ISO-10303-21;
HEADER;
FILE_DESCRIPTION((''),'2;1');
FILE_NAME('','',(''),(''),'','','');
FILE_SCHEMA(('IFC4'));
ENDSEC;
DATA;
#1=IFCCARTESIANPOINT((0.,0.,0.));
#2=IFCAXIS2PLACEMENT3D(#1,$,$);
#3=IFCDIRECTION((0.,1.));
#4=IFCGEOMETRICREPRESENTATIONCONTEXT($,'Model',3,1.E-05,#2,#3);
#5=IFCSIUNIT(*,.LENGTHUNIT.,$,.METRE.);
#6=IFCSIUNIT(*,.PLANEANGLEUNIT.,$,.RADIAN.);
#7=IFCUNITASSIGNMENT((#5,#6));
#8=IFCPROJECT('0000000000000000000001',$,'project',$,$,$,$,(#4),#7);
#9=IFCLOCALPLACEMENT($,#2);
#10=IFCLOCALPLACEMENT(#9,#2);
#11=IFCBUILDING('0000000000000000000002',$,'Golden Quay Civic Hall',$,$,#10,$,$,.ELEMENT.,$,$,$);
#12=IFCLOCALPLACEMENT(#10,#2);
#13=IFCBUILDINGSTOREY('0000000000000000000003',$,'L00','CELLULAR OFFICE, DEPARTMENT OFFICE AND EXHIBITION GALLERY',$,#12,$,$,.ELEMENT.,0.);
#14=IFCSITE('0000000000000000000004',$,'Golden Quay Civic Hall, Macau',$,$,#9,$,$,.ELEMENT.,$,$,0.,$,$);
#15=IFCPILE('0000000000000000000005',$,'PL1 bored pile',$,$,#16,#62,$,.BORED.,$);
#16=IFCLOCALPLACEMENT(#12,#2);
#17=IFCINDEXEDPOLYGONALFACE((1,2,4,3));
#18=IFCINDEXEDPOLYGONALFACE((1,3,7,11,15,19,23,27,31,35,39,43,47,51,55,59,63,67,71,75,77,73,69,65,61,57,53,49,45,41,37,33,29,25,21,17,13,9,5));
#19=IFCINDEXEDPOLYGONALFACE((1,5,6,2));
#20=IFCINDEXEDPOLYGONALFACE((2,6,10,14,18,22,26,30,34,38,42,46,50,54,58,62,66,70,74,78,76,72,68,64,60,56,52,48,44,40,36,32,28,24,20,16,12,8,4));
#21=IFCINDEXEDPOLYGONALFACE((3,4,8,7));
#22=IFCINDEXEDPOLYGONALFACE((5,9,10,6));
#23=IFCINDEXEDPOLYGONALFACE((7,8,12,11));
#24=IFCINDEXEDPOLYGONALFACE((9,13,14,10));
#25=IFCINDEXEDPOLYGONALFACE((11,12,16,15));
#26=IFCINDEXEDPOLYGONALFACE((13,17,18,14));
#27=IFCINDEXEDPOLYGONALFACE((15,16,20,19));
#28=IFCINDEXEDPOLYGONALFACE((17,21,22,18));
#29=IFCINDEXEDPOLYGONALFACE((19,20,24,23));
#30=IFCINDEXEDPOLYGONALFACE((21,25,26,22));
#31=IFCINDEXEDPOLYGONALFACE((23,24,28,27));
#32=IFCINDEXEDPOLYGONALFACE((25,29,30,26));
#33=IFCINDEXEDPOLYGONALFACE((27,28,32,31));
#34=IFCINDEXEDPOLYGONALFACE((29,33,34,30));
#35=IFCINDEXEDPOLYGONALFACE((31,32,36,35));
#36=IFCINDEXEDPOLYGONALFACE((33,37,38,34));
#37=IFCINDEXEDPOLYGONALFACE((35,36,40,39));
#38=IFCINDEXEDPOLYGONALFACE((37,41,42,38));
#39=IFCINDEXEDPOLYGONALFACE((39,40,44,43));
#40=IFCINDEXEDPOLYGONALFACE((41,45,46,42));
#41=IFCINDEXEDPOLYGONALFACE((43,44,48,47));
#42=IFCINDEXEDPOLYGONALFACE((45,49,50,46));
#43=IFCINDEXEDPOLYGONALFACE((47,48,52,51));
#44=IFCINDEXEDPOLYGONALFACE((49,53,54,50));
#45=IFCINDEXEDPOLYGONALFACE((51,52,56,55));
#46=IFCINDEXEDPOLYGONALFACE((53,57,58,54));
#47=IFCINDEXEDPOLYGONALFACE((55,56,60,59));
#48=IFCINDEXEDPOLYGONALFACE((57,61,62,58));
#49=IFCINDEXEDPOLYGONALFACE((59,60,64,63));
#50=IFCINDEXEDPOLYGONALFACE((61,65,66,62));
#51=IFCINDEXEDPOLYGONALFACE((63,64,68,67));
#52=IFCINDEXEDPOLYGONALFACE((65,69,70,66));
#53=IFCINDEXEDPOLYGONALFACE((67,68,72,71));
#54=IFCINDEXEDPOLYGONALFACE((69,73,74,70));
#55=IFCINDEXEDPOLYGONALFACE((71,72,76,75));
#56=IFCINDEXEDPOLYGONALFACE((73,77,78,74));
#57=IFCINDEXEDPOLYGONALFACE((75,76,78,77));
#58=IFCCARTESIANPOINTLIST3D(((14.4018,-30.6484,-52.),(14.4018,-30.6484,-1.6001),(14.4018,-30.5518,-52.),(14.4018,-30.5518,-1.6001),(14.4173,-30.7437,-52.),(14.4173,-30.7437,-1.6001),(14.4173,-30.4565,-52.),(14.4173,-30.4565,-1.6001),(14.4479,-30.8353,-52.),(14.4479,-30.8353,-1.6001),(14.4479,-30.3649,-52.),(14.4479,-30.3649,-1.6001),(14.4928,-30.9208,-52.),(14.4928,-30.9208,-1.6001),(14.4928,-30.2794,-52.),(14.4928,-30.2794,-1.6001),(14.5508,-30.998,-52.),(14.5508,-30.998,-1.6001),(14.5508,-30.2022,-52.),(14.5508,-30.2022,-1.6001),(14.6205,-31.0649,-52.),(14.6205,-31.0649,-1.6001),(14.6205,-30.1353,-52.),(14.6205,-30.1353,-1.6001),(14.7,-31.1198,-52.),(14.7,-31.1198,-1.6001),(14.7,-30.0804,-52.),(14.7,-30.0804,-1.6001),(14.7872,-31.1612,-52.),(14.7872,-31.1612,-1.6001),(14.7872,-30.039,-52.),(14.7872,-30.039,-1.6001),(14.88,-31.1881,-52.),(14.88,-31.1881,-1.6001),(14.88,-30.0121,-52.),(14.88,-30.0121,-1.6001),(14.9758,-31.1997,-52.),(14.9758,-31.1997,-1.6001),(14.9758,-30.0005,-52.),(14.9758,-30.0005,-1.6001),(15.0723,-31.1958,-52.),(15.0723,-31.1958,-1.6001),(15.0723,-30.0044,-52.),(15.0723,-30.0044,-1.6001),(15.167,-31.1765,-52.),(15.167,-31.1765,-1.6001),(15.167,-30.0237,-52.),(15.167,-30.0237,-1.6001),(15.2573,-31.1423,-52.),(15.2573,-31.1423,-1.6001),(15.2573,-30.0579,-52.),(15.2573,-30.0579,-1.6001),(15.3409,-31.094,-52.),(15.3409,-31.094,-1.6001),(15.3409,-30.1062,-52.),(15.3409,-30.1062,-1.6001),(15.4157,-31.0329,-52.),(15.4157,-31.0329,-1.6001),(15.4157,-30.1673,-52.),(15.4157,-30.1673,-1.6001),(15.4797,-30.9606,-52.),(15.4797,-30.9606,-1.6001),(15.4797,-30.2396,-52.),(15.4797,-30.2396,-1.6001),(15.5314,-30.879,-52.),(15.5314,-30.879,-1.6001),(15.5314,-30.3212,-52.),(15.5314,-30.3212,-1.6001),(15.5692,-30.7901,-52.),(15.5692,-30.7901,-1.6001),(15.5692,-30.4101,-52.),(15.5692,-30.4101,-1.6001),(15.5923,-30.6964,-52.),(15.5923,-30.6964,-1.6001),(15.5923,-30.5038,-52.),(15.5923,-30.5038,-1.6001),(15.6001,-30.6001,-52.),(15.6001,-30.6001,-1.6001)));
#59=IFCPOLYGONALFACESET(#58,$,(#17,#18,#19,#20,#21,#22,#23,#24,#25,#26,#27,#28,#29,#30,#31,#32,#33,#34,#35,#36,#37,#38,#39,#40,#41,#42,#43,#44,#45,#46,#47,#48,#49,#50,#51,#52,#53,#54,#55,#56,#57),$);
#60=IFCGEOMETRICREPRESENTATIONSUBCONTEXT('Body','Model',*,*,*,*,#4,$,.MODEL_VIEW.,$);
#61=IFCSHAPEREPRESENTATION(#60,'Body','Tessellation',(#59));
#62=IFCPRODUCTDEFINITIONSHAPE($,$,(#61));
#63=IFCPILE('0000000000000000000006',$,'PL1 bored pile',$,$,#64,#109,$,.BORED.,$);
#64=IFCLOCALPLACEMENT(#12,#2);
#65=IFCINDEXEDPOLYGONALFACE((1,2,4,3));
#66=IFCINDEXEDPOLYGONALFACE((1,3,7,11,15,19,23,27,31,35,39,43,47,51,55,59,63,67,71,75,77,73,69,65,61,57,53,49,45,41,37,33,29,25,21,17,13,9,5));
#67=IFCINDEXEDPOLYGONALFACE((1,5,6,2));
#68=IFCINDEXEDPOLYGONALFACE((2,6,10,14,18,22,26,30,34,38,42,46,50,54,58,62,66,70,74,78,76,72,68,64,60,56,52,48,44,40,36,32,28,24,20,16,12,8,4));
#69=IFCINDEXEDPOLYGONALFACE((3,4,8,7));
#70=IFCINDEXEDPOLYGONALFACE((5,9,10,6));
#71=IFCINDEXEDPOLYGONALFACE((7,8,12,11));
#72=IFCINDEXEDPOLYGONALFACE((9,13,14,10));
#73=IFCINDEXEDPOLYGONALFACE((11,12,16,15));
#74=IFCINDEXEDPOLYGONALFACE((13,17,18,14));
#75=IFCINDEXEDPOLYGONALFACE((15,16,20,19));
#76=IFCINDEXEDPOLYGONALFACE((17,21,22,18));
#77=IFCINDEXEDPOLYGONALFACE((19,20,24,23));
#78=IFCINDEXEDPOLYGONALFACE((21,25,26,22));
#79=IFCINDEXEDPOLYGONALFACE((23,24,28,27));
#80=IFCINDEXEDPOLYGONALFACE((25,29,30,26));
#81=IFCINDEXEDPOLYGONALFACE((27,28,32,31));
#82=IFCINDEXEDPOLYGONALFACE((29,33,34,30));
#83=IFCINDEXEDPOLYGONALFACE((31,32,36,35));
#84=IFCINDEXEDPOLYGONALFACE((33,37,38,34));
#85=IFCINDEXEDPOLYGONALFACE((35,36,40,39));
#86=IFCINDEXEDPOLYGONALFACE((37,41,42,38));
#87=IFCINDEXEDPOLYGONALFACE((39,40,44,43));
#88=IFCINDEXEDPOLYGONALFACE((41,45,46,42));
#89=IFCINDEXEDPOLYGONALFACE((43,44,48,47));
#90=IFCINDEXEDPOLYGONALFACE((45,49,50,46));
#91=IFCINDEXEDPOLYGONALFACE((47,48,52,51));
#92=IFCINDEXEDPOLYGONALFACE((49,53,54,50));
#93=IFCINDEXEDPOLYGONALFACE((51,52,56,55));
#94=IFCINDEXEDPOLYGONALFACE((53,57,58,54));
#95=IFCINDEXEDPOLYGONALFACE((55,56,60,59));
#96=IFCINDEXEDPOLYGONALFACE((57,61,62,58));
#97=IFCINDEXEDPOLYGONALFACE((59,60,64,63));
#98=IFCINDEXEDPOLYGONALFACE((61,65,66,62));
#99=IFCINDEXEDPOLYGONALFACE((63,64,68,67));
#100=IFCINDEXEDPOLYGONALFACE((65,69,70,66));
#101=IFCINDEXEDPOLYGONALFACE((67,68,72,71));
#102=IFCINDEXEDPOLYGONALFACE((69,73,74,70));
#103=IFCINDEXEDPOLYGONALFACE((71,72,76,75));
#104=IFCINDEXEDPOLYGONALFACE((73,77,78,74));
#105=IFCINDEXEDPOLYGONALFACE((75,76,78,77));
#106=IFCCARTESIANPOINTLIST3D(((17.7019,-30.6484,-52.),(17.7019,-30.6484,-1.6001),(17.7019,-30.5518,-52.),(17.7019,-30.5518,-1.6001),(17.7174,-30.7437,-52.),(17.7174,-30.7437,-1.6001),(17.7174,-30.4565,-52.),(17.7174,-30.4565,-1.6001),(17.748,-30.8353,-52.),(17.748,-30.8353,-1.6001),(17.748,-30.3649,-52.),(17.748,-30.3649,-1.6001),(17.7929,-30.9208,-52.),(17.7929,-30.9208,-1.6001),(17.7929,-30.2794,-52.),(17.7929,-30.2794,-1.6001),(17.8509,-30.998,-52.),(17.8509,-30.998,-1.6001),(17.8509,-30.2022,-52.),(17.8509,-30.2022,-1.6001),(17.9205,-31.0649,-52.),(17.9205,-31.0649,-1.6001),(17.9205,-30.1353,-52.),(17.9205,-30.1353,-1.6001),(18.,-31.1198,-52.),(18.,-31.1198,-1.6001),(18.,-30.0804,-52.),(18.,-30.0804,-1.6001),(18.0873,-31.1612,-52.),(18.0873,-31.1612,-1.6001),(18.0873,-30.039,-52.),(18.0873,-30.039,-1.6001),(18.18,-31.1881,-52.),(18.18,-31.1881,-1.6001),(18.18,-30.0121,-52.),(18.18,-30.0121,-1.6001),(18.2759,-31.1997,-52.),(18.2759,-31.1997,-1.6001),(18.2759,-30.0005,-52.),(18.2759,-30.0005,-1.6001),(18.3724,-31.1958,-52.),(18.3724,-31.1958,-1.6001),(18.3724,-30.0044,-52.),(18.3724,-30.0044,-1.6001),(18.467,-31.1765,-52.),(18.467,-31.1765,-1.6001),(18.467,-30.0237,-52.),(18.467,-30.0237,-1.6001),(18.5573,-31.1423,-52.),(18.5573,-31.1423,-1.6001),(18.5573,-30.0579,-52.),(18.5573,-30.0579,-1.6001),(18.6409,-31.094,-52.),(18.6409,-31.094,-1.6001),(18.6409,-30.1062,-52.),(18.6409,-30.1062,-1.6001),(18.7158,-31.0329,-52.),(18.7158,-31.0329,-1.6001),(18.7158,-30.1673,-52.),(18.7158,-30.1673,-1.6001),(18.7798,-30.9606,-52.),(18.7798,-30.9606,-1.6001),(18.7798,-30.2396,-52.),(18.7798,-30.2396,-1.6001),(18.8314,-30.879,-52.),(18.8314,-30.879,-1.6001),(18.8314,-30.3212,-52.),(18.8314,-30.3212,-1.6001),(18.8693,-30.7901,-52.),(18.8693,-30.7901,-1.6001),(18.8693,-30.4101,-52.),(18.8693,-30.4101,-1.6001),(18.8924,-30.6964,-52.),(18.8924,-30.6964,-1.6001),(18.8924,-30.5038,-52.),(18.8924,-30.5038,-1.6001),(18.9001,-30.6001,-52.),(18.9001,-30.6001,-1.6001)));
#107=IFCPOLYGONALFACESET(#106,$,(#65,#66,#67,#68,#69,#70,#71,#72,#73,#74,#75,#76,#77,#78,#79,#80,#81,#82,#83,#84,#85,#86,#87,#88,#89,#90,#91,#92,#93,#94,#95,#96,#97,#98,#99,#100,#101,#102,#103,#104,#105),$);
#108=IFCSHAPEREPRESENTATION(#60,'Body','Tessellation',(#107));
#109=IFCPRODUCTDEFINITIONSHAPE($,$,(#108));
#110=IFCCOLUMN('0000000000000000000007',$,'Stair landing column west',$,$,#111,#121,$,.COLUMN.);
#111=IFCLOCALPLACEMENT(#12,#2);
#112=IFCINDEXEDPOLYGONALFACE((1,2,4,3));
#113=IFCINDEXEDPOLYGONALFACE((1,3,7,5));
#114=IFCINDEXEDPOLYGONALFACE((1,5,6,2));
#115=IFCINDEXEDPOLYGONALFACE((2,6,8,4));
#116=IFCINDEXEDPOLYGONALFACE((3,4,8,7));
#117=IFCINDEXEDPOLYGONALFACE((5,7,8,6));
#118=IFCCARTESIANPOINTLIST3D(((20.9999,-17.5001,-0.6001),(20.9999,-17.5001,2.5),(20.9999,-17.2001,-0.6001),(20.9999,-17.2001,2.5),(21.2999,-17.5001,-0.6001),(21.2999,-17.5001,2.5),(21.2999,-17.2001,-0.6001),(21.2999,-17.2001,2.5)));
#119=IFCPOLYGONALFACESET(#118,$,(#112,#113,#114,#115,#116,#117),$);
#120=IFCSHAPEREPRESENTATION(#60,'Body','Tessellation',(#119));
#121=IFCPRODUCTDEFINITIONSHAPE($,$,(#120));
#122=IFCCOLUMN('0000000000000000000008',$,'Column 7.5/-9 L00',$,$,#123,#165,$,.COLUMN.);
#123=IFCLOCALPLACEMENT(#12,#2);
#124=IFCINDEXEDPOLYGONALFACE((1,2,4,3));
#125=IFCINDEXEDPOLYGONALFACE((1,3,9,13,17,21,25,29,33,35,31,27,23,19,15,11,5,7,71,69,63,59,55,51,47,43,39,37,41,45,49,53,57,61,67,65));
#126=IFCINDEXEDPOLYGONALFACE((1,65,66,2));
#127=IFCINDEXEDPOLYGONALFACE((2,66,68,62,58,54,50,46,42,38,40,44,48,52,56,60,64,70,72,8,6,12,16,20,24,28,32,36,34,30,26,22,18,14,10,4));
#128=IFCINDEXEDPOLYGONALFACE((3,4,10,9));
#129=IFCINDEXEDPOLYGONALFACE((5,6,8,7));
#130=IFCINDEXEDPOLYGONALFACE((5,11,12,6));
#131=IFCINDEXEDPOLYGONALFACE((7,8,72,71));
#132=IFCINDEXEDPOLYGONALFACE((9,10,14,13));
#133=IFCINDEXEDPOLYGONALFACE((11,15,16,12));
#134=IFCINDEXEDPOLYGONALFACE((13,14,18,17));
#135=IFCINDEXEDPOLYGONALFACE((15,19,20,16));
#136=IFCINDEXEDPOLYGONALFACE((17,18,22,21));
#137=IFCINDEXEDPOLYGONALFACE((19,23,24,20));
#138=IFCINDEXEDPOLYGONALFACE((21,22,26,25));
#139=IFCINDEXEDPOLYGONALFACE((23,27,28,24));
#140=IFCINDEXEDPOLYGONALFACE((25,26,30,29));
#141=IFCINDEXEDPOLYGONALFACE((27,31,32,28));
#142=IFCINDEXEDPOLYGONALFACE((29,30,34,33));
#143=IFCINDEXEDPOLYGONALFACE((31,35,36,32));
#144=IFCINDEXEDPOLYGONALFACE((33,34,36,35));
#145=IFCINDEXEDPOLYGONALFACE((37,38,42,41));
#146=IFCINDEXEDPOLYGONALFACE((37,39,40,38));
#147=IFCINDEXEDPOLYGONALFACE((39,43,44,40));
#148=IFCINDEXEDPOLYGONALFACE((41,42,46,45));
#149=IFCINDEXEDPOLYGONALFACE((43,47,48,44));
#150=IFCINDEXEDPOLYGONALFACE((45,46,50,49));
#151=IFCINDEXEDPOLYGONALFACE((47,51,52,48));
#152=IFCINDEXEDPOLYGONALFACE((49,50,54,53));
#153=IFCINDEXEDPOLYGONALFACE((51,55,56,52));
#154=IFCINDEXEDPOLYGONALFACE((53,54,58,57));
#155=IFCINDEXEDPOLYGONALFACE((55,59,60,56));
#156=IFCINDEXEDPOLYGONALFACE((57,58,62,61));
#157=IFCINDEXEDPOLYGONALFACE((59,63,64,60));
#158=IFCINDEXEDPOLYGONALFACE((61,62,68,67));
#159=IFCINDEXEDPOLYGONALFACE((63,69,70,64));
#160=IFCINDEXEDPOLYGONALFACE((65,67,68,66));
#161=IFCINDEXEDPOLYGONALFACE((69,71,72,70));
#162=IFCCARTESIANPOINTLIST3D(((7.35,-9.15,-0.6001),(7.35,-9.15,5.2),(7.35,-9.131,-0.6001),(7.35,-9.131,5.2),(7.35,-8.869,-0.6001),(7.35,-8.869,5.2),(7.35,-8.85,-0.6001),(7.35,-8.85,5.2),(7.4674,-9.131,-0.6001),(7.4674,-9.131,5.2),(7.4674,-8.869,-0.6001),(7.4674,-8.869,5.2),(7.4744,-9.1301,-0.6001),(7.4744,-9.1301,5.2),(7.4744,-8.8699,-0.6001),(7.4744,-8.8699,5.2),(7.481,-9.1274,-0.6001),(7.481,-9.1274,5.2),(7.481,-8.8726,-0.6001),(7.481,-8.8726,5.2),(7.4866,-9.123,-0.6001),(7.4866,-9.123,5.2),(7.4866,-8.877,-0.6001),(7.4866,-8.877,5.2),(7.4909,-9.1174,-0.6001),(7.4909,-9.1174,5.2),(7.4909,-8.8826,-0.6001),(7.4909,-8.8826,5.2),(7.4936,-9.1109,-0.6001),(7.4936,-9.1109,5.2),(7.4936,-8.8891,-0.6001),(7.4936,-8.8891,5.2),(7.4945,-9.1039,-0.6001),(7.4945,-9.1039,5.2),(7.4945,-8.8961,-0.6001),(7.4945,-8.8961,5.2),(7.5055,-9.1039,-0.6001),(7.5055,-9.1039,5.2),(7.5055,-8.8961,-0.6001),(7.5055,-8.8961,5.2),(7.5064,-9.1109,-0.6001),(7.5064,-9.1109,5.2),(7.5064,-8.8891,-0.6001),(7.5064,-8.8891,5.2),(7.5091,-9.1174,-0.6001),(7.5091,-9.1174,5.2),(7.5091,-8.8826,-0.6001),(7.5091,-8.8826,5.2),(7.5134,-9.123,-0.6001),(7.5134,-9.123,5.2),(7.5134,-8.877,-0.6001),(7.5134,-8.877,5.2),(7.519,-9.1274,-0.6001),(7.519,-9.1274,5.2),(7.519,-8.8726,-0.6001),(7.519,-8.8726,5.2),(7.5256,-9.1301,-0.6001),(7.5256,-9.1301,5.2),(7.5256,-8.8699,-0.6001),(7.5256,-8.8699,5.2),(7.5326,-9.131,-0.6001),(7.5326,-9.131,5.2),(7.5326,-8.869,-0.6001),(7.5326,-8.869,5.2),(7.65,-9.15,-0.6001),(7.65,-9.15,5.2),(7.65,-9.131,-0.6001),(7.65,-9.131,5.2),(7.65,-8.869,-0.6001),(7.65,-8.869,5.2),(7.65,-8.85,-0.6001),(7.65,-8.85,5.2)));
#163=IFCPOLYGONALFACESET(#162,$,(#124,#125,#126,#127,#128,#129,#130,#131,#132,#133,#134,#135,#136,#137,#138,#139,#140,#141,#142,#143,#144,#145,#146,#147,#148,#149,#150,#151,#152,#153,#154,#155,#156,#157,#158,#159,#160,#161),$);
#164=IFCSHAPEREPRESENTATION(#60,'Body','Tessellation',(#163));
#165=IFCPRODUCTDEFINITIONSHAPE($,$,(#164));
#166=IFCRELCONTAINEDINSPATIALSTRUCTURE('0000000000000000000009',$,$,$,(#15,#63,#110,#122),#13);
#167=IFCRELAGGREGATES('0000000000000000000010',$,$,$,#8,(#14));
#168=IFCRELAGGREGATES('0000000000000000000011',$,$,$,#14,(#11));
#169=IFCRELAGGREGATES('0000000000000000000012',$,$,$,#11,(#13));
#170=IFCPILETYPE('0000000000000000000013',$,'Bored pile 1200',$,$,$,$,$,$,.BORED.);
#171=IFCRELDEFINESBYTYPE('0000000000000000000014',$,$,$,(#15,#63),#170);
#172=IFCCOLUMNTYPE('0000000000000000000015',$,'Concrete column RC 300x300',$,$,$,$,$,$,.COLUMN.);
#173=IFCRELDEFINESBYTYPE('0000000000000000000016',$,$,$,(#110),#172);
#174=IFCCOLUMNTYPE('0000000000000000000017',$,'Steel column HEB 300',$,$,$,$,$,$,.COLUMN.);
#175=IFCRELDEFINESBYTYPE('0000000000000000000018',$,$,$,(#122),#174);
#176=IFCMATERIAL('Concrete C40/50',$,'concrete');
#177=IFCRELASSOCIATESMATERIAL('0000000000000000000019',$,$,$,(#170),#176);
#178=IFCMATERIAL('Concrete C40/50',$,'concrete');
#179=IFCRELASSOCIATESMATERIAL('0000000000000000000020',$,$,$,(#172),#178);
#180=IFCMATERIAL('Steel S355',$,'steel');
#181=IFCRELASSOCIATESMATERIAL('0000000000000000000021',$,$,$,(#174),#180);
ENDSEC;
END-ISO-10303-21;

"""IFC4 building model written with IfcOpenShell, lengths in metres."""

from ifc_helpers import new_model, si_unit, direction, frame, origin, origin_2d, place, context, subcontext, project, spatial, rectangle, circle, i_section, extrude, material, material_profile, profile_set, type_object, element, save


model = new_model("IFC4")

# Units and contexts
model_context = context("Model", 3, precision=1e-05, world=origin(), true_north=direction((0.0, 1.0)))
body_context = subcontext(model_context, "Body", "Model", "MODEL_VIEW")
ifc_project = project(units=[si_unit("LENGTHUNIT", "METRE"), si_unit("PLANEANGLEUNIT", "RADIAN")], contexts=[model_context])

# Site, building, storey
site_placement = place(None, origin())
site = spatial("IfcSite", under=ifc_project, at=site_placement, Name="Golden Quay Civic Hall, Macau", CompositionType="ELEMENT", RefElevation=0.0)
building_placement = place(site_placement, origin())
building = spatial("IfcBuilding", under=site, at=building_placement, Name="Golden Quay Civic Hall", CompositionType="ELEMENT")
storey_placement = place(building_placement, origin())
storey = spatial("IfcBuildingStorey", under=building, at=storey_placement, Name="L00", Description="CELLULAR OFFICE, DEPARTMENT OFFICE AND EXHIBITION GALLERY", CompositionType="ELEMENT", Elevation=0.0)

# Piles
ifc_material_1 = material(Name="Concrete C40/50", Category="concrete")
ifc_material_profile_1 = material_profile(ifc_material_1, circle(Radius=0.6001, at=origin_2d()), Name="RC D1200")
ifc_profile_set_1 = profile_set([ifc_material_profile_1], Name="Concrete C40/50")
pile_type = type_object("IfcPileType", Name="Bored pile 1200", PredefinedType="BORED", material=ifc_profile_set_1)
for number, where, z_axis, x_axis, name in (
    (1, (15.0, -30.6001, -1.6001), (0.0, 0.0, -1.0), (1.0, 0.0, 0.0), "PL1 bored pile"),
    (2, (18.3, -30.6001, -1.6001), (0.0, 0.0, -1.0), (1.0, 0.0, 0.0), "PL1 bored pile"),
):
    element("IfcPile", number, at=place(storey_placement, frame(where, z_axis=z_axis, x_axis=x_axis)), inside=storey, type_object=pile_type, Name=name, PredefinedType="BORED", context=body_context, shape_type="SweptSolid", body=[
        extrude(circle(Radius=0.6001, at=origin_2d()), origin(), (0.0, 0.0, 1.0), 50.3999),
    ])

# Columns
ifc_material_2 = material(Name="Concrete C40/50", Category="concrete")
ifc_material_profile_2 = material_profile(ifc_material_2, rectangle(XDim=0.3, YDim=0.3, at=origin_2d()), Name="RC 300x300")
ifc_profile_set_2 = profile_set([ifc_material_profile_2], Name="Concrete C40/50")
column_type_1 = type_object("IfcColumnType", Name="Concrete column RC 300x300", PredefinedType="COLUMN", material=ifc_profile_set_2)
column_placement = place(storey_placement, frame((21.1499, -17.3501, -0.6001), z_axis=(0.0, 0.0, 1.0), x_axis=(1.0, 0.0, 0.0)))
element("IfcColumn", 3, at=column_placement, inside=storey, type_object=column_type_1, Name="Stair landing column west", PredefinedType="COLUMN", context=body_context, shape_type="SweptSolid", body=[
    extrude(rectangle(XDim=0.3, YDim=0.3, at=origin_2d()), origin(), (0.0, 0.0, 1.0), 3.1001),
])
ifc_material_3 = material(Name="Steel S355", Category="steel")
ifc_material_profile_3 = material_profile(ifc_material_3, i_section(OverallWidth=0.3, OverallDepth=0.3, WebThickness=0.011, FlangeThickness=0.019, FilletRadius=0.0271, at=origin_2d()), Name="HEB 300")
ifc_profile_set_3 = profile_set([ifc_material_profile_3], Name="Steel S355")
column_type_2 = type_object("IfcColumnType", Name="Steel column HEB 300", PredefinedType="COLUMN", material=ifc_profile_set_3)
for number, where, z_axis, x_axis, name in (
    (4, (7.5, -9.0, -0.6001), (0.0, 0.0, 1.0), (1.0, 0.0, 0.0), "Column 7.5/-9 L00"),
):
    element("IfcColumn", number, at=place(storey_placement, frame(where, z_axis=z_axis, x_axis=x_axis)), inside=storey, type_object=column_type_2, Name=name, PredefinedType="COLUMN", context=body_context, shape_type="SweptSolid", body=[
        extrude(i_section(OverallWidth=0.3, OverallDepth=0.3, WebThickness=0.011, FlangeThickness=0.019, FilletRadius=0.0271, at=origin_2d()), origin(), (0.0, 0.0, 1.0), 5.8),
    ])

save(model, "model.ifc")
